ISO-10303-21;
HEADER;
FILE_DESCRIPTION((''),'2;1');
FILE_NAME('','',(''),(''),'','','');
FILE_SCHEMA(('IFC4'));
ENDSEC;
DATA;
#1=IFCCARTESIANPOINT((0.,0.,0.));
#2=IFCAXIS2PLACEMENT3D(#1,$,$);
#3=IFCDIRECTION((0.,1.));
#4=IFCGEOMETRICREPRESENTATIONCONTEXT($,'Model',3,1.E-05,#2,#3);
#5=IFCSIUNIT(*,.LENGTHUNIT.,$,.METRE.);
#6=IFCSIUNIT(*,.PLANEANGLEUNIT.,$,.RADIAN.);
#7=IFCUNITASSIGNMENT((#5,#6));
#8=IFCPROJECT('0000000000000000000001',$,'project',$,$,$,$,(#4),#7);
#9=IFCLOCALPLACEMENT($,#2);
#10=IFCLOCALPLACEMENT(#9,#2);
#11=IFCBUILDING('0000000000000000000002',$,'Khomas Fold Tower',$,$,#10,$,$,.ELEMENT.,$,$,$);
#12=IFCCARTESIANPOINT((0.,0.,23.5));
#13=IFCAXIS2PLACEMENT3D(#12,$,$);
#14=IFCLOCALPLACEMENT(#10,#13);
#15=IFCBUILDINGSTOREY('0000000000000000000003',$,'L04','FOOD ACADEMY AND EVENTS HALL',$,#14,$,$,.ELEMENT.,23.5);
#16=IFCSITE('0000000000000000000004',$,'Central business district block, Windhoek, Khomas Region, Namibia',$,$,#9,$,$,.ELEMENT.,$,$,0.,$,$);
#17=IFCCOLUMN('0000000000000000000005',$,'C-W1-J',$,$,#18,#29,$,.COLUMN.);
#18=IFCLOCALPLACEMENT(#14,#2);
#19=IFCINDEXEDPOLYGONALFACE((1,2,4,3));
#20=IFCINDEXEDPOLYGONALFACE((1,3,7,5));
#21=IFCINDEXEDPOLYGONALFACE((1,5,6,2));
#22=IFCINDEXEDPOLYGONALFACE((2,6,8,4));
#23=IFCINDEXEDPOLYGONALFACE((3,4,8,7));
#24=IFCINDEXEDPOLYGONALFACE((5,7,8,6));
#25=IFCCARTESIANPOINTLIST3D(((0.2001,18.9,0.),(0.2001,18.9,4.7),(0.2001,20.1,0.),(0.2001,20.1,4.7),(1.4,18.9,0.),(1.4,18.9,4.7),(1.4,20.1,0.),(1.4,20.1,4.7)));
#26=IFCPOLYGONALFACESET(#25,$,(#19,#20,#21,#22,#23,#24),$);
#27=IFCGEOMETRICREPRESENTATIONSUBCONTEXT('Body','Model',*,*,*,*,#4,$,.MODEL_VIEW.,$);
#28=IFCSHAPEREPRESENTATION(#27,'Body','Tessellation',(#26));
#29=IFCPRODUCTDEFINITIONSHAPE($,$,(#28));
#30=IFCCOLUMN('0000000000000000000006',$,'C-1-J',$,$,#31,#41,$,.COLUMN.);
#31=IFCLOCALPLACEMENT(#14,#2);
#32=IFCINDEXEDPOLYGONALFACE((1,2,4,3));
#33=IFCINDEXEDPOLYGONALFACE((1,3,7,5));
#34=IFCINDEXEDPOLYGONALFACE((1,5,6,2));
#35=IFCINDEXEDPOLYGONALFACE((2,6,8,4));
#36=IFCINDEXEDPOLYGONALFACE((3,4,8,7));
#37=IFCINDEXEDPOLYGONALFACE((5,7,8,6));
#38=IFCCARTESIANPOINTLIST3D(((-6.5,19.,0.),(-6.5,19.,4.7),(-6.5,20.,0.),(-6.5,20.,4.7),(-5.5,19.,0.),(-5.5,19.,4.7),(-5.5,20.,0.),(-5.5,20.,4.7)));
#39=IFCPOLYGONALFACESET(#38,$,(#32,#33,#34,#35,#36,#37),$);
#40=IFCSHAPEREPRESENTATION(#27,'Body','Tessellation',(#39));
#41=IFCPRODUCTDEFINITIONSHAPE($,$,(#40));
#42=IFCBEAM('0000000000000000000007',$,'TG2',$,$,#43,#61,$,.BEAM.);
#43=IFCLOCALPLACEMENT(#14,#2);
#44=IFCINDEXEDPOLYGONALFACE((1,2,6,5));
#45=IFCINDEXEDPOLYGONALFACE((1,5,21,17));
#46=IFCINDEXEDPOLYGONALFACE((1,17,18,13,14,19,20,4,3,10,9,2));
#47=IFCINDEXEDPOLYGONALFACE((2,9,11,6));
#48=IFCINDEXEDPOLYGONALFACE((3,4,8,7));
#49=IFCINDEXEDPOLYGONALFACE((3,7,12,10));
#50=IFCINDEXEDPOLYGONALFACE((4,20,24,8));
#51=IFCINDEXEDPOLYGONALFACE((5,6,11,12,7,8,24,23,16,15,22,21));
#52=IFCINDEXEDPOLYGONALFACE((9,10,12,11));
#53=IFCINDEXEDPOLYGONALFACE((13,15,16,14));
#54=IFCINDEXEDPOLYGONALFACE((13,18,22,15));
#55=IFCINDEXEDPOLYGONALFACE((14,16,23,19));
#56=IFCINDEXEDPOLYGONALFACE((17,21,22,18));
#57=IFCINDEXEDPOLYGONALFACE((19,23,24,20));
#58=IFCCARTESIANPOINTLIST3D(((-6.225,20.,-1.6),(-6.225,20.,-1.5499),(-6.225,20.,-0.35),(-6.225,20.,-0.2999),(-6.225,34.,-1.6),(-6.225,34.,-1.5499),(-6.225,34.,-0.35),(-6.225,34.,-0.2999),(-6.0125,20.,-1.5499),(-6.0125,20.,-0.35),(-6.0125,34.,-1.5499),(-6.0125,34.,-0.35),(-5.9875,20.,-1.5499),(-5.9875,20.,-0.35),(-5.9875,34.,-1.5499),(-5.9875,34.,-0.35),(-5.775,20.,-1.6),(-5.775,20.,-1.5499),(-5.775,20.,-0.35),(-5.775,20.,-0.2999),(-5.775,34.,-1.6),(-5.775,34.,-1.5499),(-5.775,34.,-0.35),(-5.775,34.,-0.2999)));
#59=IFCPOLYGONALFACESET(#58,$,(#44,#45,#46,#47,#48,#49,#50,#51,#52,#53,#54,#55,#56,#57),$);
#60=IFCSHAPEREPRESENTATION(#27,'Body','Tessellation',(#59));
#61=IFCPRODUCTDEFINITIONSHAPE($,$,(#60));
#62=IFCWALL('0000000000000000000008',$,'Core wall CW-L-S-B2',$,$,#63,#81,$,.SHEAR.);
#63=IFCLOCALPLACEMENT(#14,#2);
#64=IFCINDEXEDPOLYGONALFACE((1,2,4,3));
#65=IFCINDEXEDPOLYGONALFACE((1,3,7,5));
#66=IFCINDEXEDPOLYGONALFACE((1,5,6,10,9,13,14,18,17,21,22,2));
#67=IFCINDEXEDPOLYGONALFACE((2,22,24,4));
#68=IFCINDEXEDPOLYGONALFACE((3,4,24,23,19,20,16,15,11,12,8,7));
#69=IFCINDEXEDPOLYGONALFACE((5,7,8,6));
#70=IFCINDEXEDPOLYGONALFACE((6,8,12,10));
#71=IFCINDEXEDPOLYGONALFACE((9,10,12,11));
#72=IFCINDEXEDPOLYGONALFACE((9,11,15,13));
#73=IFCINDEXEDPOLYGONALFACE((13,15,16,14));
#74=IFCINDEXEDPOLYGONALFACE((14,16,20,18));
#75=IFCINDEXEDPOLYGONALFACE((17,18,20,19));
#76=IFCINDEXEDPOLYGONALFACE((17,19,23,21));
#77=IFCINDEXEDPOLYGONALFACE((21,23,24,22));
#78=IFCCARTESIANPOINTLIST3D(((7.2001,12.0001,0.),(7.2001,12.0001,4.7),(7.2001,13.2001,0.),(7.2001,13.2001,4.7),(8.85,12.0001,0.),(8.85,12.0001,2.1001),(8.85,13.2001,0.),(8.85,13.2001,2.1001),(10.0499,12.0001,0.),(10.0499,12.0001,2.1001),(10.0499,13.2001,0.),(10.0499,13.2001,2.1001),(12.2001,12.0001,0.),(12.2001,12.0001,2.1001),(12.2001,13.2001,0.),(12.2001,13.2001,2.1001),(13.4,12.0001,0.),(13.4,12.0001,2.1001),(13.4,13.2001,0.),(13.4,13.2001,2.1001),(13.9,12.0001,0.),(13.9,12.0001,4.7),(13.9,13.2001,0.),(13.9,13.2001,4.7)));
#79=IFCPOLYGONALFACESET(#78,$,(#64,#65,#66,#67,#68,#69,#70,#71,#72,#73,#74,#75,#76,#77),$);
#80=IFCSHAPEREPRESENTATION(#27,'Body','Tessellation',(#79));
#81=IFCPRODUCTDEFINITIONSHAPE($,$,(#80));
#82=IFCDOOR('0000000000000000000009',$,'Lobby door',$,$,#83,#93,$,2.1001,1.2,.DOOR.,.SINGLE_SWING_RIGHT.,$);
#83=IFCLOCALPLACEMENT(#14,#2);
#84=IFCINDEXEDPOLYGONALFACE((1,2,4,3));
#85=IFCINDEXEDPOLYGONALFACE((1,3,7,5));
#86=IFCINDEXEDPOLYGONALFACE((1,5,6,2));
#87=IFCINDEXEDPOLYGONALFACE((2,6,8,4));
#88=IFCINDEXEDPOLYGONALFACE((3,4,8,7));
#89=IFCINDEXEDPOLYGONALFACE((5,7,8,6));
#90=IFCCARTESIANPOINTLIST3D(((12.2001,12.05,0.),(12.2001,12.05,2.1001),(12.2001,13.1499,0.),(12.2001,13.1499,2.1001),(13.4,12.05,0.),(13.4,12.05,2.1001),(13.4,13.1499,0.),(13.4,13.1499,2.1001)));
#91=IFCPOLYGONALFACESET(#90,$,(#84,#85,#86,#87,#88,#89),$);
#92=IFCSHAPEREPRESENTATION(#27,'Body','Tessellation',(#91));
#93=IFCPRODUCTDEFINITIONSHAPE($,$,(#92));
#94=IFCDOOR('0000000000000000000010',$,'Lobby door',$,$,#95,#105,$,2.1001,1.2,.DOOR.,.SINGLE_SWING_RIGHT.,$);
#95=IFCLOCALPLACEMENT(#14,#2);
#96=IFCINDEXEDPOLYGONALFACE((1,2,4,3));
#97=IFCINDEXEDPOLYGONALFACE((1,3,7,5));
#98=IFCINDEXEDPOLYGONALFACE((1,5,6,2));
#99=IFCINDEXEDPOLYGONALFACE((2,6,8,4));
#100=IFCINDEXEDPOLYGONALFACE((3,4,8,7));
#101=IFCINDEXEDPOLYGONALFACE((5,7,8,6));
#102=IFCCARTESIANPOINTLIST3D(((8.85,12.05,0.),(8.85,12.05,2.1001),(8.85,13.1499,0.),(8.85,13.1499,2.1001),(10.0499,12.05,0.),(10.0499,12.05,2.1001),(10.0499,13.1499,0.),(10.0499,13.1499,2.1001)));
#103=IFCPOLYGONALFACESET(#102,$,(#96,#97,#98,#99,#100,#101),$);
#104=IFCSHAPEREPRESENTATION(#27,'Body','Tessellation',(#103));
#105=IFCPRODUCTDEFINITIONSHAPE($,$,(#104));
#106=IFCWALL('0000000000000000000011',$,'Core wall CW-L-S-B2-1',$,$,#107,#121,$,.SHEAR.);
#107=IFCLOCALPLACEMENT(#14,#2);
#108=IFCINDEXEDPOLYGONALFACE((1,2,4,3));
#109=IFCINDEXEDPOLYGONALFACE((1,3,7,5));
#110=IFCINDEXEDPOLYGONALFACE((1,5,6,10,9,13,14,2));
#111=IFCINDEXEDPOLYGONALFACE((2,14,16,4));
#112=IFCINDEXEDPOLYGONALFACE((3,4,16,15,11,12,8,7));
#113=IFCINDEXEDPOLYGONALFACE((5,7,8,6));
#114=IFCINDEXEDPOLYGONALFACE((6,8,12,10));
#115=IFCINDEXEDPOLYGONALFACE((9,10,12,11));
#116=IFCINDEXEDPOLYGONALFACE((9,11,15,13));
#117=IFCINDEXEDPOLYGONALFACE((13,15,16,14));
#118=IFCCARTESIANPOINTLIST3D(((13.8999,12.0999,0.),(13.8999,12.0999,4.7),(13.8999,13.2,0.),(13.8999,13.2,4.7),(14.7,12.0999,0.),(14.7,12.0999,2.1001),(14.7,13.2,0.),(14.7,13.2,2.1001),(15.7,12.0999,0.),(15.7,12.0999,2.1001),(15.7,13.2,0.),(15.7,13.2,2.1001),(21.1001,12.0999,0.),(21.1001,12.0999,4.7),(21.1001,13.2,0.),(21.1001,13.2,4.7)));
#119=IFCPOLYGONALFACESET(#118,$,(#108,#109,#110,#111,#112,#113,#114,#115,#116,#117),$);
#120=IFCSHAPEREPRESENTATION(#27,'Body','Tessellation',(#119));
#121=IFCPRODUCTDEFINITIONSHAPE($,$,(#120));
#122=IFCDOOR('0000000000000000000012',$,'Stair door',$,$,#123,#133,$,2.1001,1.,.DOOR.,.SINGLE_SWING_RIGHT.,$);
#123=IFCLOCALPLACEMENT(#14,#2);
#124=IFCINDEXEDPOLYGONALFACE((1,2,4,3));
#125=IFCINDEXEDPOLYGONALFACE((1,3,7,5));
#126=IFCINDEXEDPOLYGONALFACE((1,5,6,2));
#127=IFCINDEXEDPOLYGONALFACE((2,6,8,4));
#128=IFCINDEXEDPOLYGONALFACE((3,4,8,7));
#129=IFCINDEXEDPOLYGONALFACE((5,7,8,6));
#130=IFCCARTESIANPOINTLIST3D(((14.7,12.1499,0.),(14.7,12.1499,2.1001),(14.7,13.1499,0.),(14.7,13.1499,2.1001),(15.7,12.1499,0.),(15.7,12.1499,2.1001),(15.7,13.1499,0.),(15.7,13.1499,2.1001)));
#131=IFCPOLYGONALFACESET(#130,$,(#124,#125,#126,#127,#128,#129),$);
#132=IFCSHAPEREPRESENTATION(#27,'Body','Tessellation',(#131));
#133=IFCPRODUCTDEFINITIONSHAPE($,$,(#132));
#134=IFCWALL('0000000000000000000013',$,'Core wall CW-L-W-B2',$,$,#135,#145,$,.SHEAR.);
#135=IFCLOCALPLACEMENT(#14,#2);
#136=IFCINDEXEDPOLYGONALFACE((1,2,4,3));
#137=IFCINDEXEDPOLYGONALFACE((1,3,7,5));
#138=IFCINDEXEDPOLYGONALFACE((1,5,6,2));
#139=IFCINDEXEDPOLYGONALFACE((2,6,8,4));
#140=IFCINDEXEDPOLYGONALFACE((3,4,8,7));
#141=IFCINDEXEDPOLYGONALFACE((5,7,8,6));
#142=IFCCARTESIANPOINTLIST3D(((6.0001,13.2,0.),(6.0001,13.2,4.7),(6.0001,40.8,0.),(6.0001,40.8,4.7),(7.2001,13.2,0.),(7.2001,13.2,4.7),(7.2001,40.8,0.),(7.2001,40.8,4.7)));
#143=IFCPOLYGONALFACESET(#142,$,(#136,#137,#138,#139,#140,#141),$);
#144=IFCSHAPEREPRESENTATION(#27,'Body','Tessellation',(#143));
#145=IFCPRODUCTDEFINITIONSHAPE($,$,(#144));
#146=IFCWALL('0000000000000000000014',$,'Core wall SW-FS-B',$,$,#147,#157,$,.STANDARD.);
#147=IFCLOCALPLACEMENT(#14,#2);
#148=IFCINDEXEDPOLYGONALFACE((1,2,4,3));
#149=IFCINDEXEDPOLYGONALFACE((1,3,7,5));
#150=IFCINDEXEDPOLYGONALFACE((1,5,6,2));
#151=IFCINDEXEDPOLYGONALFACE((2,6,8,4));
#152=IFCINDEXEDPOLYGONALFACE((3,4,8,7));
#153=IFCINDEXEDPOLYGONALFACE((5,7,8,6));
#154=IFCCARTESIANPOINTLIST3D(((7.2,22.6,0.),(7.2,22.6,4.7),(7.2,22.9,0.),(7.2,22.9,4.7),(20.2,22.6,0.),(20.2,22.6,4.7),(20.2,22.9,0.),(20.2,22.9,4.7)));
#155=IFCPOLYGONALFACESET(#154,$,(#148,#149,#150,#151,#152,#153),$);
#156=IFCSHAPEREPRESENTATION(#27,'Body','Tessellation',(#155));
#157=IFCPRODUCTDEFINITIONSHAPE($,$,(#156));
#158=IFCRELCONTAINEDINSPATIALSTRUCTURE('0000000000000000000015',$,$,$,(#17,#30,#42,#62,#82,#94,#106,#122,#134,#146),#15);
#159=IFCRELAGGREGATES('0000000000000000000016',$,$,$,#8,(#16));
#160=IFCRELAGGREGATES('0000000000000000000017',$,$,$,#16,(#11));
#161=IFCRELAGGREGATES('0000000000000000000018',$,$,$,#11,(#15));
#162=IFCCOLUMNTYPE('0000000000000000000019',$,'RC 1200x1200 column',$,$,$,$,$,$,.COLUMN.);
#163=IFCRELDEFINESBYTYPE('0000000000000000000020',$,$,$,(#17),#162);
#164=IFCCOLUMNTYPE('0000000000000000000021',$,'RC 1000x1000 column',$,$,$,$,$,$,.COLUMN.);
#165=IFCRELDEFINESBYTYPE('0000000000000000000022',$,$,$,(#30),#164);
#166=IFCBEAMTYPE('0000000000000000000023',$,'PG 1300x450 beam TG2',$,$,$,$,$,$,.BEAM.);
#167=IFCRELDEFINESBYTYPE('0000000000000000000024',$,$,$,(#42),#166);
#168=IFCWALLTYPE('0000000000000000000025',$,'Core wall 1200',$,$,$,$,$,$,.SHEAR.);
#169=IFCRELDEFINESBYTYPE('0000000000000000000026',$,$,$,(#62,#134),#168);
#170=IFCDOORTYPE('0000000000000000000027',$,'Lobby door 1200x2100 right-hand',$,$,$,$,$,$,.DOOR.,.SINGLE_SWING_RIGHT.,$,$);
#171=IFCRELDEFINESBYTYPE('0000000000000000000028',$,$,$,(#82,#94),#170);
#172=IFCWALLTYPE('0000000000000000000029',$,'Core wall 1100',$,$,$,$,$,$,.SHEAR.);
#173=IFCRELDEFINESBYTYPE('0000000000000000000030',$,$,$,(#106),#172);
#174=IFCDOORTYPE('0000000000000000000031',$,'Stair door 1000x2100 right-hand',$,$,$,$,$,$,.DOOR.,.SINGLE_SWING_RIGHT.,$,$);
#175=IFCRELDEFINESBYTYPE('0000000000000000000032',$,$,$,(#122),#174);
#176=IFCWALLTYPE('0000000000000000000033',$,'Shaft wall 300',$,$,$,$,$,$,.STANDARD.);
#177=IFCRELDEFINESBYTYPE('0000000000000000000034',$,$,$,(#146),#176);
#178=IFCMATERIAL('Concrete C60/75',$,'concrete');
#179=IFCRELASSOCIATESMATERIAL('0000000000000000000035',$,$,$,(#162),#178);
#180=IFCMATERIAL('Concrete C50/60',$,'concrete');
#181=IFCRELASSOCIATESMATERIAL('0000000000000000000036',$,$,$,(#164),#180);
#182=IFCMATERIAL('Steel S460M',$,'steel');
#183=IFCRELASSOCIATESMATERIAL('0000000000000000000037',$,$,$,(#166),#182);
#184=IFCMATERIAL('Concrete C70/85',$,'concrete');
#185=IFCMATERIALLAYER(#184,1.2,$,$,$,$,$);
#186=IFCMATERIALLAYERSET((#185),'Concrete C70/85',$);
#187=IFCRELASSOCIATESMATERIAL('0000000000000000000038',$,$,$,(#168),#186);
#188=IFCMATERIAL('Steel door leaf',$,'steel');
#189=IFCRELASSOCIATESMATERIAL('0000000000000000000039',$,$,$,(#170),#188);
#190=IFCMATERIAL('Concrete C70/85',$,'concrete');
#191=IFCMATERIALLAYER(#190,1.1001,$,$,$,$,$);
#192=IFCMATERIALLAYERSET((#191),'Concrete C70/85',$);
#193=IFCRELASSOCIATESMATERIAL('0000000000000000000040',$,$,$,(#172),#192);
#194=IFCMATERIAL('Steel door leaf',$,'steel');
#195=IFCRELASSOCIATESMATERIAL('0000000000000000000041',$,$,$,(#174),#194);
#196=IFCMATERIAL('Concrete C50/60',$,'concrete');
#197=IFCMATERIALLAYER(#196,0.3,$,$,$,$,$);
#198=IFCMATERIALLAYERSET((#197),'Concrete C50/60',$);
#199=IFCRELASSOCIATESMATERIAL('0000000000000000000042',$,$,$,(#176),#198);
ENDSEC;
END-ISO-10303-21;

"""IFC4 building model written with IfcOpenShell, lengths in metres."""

from ifc_helpers import new_model, si_unit, direction, frame, frame_2d, origin, origin_2d, place, context, subcontext, project, spatial, rectangle, i_section, extrude, source, transform, mapped, material, layer, layer_set, material_profile, profile_set, type_object, element, fill, save


model = new_model("IFC4")

# Units and contexts
model_context = context("Model", 3, precision=1e-05, world=origin(), true_north=direction((0.0, 1.0)))
body_context = subcontext(model_context, "Body", "Model", "MODEL_VIEW")
ifc_project = project(units=[si_unit("LENGTHUNIT", "METRE"), si_unit("PLANEANGLEUNIT", "RADIAN")], contexts=[model_context])

# Site, building, storey
site_placement = place(None, origin())
site = spatial("IfcSite", under=ifc_project, at=site_placement, Name="Central business district block, Windhoek, Khomas Region, Namibia", CompositionType="ELEMENT", RefElevation=0.0)
building_placement = place(site_placement, origin())
building = spatial("IfcBuilding", under=site, at=building_placement, Name="Khomas Fold Tower", CompositionType="ELEMENT")
storey_placement = place(building_placement, frame((0.0, 0.0, 23.5)))
storey = spatial("IfcBuildingStorey", under=building, at=storey_placement, Name="L04", Description="FOOD ACADEMY AND EVENTS HALL", CompositionType="ELEMENT", Elevation=23.5)

# Columns
ifc_material_1 = material(Name="Concrete C60/75", Category="concrete")
ifc_material_profile_1 = material_profile(ifc_material_1, rectangle(XDim=1.2, YDim=1.2, at=origin_2d()), Name="RC 1200x1200")
ifc_profile_set_1 = profile_set([ifc_material_profile_1], Name="Concrete C60/75")
column_type_1 = type_object("IfcColumnType", Name="RC 1200x1200 column", PredefinedType="COLUMN", material=ifc_profile_set_1)
shared_shape_1 = source(origin(), body_context, "Body", "SweptSolid", [
    extrude(rectangle(XDim=1.2, YDim=1.2, at=origin_2d()), origin(), (0.0, 0.0, 1.0), 4.7),
])
column_1_placement = place(storey_placement, frame((0.8, 19.5, 0.0), z_axis=(0.0, 0.0, 1.0), x_axis=(1.0, 0.0, 0.0)))
element("IfcColumn", 1, at=column_1_placement, inside=storey, type_object=column_type_1, Name="C-W1-J", PredefinedType="COLUMN", context=body_context, shape_type="MappedRepresentation", body=[
    mapped(shared_shape_1, transform((0.0, 0.0, 0.0))),
])
ifc_material_2 = material(Name="Concrete C50/60", Category="concrete")
ifc_material_profile_2 = material_profile(ifc_material_2, rectangle(XDim=1.0, YDim=1.0, at=origin_2d()), Name="RC 1000x1000")
ifc_profile_set_2 = profile_set([ifc_material_profile_2], Name="Concrete C50/60")
column_type_2 = type_object("IfcColumnType", Name="RC 1000x1000 column", PredefinedType="COLUMN", material=ifc_profile_set_2)
shared_shape_2 = source(origin(), body_context, "Body", "SweptSolid", [
    extrude(rectangle(XDim=1.0, YDim=1.0, at=origin_2d()), origin(), (0.0, 0.0, 1.0), 4.7),
])
column_2_placement = place(storey_placement, frame((-6.0, 19.5, 0.0), z_axis=(0.0, 0.0, 1.0), x_axis=(1.0, 0.0, 0.0)))
element("IfcColumn", 2, at=column_2_placement, inside=storey, type_object=column_type_2, Name="C-1-J", PredefinedType="COLUMN", context=body_context, shape_type="MappedRepresentation", body=[
    mapped(shared_shape_2, transform((0.0, 0.0, 0.0))),
])

# Beam
ifc_material_3 = material(Name="Steel S460M", Category="steel")
ifc_material_profile_3 = material_profile(ifc_material_3, i_section(OverallWidth=0.45, OverallDepth=1.3, WebThickness=0.0249, FlangeThickness=0.05, at=origin_2d()), Name="PG 1300x450")
ifc_profile_set_3 = profile_set([ifc_material_profile_3], Name="Steel S460M")
beam_type = type_object("IfcBeamType", Name="PG 1300x450 beam TG2", PredefinedType="BEAM", material=ifc_profile_set_3)
shared_shape_3 = source(origin(), body_context, "Body", "SweptSolid", [
    extrude(i_section(OverallWidth=0.45, OverallDepth=1.3, WebThickness=0.0249, FlangeThickness=0.05, at=origin_2d()), origin(), (0.0, 0.0, 1.0), 14.0),
])
beam_placement = place(storey_placement, frame((-6.0, 20.0, -0.95), z_axis=(0.0, 1.0, 0.0), x_axis=(-1.0, 0.0, 0.0)))
element("IfcBeam", 3, at=beam_placement, inside=storey, type_object=beam_type, Name="TG2", PredefinedType="BEAM", context=body_context, shape_type="MappedRepresentation", body=[
    mapped(shared_shape_3, transform((0.0, 0.0, 0.0))),
])

# Wall, openings, doors
ifc_material_4 = material(Name="Concrete C70/85", Category="concrete")
ifc_layer_1 = layer(ifc_material_4, 1.2)
ifc_layer_set_1 = layer_set([ifc_layer_1], Name="Concrete C70/85")
wall_type_1 = type_object("IfcWallType", Name="Core wall 1200", PredefinedType="SHEAR", material=ifc_layer_set_1)
shared_shape_4 = source(origin(), body_context, "Body", "SweptSolid", [
    extrude(rectangle(XDim=6.7, YDim=1.2, at=frame_2d((3.3501, 0.0))), origin(), (0.0, 0.0, 1.0), 4.7),
])
wall_1_placement = place(storey_placement, frame((7.2, 12.6001, 0.0), z_axis=(0.0, 0.0, 1.0), x_axis=(1.0, 0.0, 0.0)))
wall_1 = element("IfcWall", 4, at=wall_1_placement, inside=storey, type_object=wall_type_1, Name="Core wall CW-L-S-B2", PredefinedType="SHEAR", context=body_context, shape_type="MappedRepresentation", body=[
    mapped(shared_shape_4, transform((0.0, 0.0, 0.0))),
])
shared_shape_5 = source(origin(), body_context, "Body", "SweptSolid", [
    extrude(rectangle(XDim=1.2, YDim=2.1001, at=frame_2d((0.6001, 1.05))), frame((0.0, 0.6099, 0.0), z_axis=(0.0, -1.0, 0.0), x_axis=(1.0, 0.0, 0.0)), (0.0, 0.0, 1.0), 1.22),
])
opening_1_placement = place(wall_1_placement, frame((5.0, 0.0, 0.0)))
opening_1 = element("IfcOpeningElement", 5, at=opening_1_placement, cuts=wall_1, PredefinedType="OPENING", context=body_context, shape_type="MappedRepresentation", body=[
    mapped(shared_shape_5, transform((0.0, 0.0, 0.0))),
])
opening_2_placement = place(wall_1_placement, frame((1.6499, 0.0, 0.0)))
opening_2 = element("IfcOpeningElement", 6, at=opening_2_placement, cuts=wall_1, PredefinedType="OPENING", context=body_context, shape_type="MappedRepresentation", body=[
    mapped(shared_shape_5, transform((0.0, 0.0, 0.0))),
])
ifc_material_5 = material(Name="Steel door leaf", Category="steel")
door_type_1 = type_object("IfcDoorType", Name="Lobby door 1200x2100 right-hand", OperationType="SINGLE_SWING_RIGHT", PredefinedType="DOOR", material=ifc_material_5)
shared_shape_6 = source(origin(), body_context, "Body", "SweptSolid", [
    extrude(rectangle(XDim=1.2, YDim=2.1001, at=frame_2d((0.6001, 1.05))), frame((0.0, 0.5498, 0.0), z_axis=(0.0, -1.0, 0.0), x_axis=(1.0, 0.0, 0.0)), (0.0, 0.0, 1.0), 1.0999),
])
door_1_placement = place(opening_1_placement, origin())
door_1 = element("IfcDoor", 7, at=door_1_placement, inside=storey, type_object=door_type_1, Name="Lobby door", OperationType="SINGLE_SWING_RIGHT", OverallHeight=2.1001, OverallWidth=1.2, PredefinedType="DOOR", context=body_context, shape_type="MappedRepresentation", body=[
    mapped(shared_shape_6, transform((0.0, 0.0, 0.0))),
])
fill(opening_1, door_1)
door_2_placement = place(opening_2_placement, origin())
door_2 = element("IfcDoor", 8, at=door_2_placement, inside=storey, type_object=door_type_1, Name="Lobby door", OperationType="SINGLE_SWING_RIGHT", OverallHeight=2.1001, OverallWidth=1.2, PredefinedType="DOOR", context=body_context, shape_type="MappedRepresentation", body=[
    mapped(shared_shape_6, transform((0.0, 0.0, 0.0))),
])
fill(opening_2, door_2)

# Wall, opening, door
ifc_material_6 = material(Name="Concrete C70/85", Category="concrete")
ifc_layer_2 = layer(ifc_material_6, 1.1001)
ifc_layer_set_2 = layer_set([ifc_layer_2], Name="Concrete C70/85")
wall_type_2 = type_object("IfcWallType", Name="Core wall 1100", PredefinedType="SHEAR", material=ifc_layer_set_2)
shared_shape_7 = source(origin(), body_context, "Body", "SweptSolid", [
    extrude(rectangle(XDim=7.2002, YDim=1.1001, at=frame_2d((3.6001, 0.0))), origin(), (0.0, 0.0, 1.0), 4.7),
])
wall_2_placement = place(storey_placement, frame((13.8999, 12.6499, 0.0), z_axis=(0.0, 0.0, 1.0), x_axis=(1.0, 0.0, 0.0)))
wall_2 = element("IfcWall", 9, at=wall_2_placement, inside=storey, type_object=wall_type_2, Name="Core wall CW-L-S-B2-1", PredefinedType="SHEAR", context=body_context, shape_type="MappedRepresentation", body=[
    mapped(shared_shape_7, transform((0.0, 0.0, 0.0))),
])
shared_shape_8 = source(origin(), body_context, "Body", "SweptSolid", [
    extrude(rectangle(XDim=1.0, YDim=2.1001, at=frame_2d((0.5, 1.05))), frame((0.0, 0.5601, 0.0), z_axis=(0.0, -1.0, 0.0), x_axis=(1.0, 0.0, 0.0)), (0.0, 0.0, 1.0), 1.1201),
])
opening_3_placement = place(wall_2_placement, frame((0.8, 0.0, 0.0)))
opening_3 = element("IfcOpeningElement", 10, at=opening_3_placement, cuts=wall_2, PredefinedType="OPENING", context=body_context, shape_type="MappedRepresentation", body=[
    mapped(shared_shape_8, transform((0.0, 0.0, 0.0))),
])
ifc_material_7 = material(Name="Steel door leaf", Category="steel")
door_type_2 = type_object("IfcDoorType", Name="Stair door 1000x2100 right-hand", OperationType="SINGLE_SWING_RIGHT", PredefinedType="DOOR", material=ifc_material_7)
shared_shape_9 = source(origin(), body_context, "Body", "SweptSolid", [
    extrude(rectangle(XDim=1.0, YDim=2.1001, at=frame_2d((0.5, 1.05))), frame((0.0, 0.5, 0.0), z_axis=(0.0, -1.0, 0.0), x_axis=(1.0, 0.0, 0.0)), (0.0, 0.0, 1.0), 1.0),
])
door_3_placement = place(opening_3_placement, origin())
door_3 = element("IfcDoor", 11, at=door_3_placement, inside=storey, type_object=door_type_2, Name="Stair door", OperationType="SINGLE_SWING_RIGHT", OverallHeight=2.1001, OverallWidth=1.0, PredefinedType="DOOR", context=body_context, shape_type="MappedRepresentation", body=[
    mapped(shared_shape_9, transform((0.0, 0.0, 0.0))),
])
fill(opening_3, door_3)

# Walls
shared_shape_10 = source(origin(), body_context, "Body", "SweptSolid", [
    extrude(rectangle(XDim=27.6001, YDim=1.2, at=frame_2d((13.8, 0.0))), origin(), (0.0, 0.0, 1.0), 4.7),
])
wall_3_placement = place(storey_placement, frame((6.6001, 13.2, 0.0), z_axis=(0.0, 0.0, 1.0), x_axis=(0.0, 1.0, 0.0)))
element("IfcWall", 12, at=wall_3_placement, inside=storey, type_object=wall_type_1, Name="Core wall CW-L-W-B2", PredefinedType="SHEAR", context=body_context, shape_type="MappedRepresentation", body=[
    mapped(shared_shape_10, transform((0.0, 0.0, 0.0))),
])
ifc_material_8 = material(Name="Concrete C50/60", Category="concrete")
ifc_layer_3 = layer(ifc_material_8, 0.3)
ifc_layer_set_3 = layer_set([ifc_layer_3], Name="Concrete C50/60")
wall_type_3 = type_object("IfcWallType", Name="Shaft wall 300", PredefinedType="STANDARD", material=ifc_layer_set_3)
shared_shape_11 = source(origin(), body_context, "Body", "SweptSolid", [
    extrude(rectangle(XDim=13.0, YDim=0.3, at=frame_2d((6.5, 0.0))), origin(), (0.0, 0.0, 1.0), 4.7),
])
wall_4_placement = place(storey_placement, frame((7.2, 22.75, 0.0), z_axis=(0.0, 0.0, 1.0), x_axis=(1.0, 0.0, 0.0)))
element("IfcWall", 13, at=wall_4_placement, inside=storey, type_object=wall_type_3, Name="Core wall SW-FS-B", PredefinedType="STANDARD", context=body_context, shape_type="MappedRepresentation", body=[
    mapped(shared_shape_11, transform((0.0, 0.0, 0.0))),
])

save(model, "model.ifc")
